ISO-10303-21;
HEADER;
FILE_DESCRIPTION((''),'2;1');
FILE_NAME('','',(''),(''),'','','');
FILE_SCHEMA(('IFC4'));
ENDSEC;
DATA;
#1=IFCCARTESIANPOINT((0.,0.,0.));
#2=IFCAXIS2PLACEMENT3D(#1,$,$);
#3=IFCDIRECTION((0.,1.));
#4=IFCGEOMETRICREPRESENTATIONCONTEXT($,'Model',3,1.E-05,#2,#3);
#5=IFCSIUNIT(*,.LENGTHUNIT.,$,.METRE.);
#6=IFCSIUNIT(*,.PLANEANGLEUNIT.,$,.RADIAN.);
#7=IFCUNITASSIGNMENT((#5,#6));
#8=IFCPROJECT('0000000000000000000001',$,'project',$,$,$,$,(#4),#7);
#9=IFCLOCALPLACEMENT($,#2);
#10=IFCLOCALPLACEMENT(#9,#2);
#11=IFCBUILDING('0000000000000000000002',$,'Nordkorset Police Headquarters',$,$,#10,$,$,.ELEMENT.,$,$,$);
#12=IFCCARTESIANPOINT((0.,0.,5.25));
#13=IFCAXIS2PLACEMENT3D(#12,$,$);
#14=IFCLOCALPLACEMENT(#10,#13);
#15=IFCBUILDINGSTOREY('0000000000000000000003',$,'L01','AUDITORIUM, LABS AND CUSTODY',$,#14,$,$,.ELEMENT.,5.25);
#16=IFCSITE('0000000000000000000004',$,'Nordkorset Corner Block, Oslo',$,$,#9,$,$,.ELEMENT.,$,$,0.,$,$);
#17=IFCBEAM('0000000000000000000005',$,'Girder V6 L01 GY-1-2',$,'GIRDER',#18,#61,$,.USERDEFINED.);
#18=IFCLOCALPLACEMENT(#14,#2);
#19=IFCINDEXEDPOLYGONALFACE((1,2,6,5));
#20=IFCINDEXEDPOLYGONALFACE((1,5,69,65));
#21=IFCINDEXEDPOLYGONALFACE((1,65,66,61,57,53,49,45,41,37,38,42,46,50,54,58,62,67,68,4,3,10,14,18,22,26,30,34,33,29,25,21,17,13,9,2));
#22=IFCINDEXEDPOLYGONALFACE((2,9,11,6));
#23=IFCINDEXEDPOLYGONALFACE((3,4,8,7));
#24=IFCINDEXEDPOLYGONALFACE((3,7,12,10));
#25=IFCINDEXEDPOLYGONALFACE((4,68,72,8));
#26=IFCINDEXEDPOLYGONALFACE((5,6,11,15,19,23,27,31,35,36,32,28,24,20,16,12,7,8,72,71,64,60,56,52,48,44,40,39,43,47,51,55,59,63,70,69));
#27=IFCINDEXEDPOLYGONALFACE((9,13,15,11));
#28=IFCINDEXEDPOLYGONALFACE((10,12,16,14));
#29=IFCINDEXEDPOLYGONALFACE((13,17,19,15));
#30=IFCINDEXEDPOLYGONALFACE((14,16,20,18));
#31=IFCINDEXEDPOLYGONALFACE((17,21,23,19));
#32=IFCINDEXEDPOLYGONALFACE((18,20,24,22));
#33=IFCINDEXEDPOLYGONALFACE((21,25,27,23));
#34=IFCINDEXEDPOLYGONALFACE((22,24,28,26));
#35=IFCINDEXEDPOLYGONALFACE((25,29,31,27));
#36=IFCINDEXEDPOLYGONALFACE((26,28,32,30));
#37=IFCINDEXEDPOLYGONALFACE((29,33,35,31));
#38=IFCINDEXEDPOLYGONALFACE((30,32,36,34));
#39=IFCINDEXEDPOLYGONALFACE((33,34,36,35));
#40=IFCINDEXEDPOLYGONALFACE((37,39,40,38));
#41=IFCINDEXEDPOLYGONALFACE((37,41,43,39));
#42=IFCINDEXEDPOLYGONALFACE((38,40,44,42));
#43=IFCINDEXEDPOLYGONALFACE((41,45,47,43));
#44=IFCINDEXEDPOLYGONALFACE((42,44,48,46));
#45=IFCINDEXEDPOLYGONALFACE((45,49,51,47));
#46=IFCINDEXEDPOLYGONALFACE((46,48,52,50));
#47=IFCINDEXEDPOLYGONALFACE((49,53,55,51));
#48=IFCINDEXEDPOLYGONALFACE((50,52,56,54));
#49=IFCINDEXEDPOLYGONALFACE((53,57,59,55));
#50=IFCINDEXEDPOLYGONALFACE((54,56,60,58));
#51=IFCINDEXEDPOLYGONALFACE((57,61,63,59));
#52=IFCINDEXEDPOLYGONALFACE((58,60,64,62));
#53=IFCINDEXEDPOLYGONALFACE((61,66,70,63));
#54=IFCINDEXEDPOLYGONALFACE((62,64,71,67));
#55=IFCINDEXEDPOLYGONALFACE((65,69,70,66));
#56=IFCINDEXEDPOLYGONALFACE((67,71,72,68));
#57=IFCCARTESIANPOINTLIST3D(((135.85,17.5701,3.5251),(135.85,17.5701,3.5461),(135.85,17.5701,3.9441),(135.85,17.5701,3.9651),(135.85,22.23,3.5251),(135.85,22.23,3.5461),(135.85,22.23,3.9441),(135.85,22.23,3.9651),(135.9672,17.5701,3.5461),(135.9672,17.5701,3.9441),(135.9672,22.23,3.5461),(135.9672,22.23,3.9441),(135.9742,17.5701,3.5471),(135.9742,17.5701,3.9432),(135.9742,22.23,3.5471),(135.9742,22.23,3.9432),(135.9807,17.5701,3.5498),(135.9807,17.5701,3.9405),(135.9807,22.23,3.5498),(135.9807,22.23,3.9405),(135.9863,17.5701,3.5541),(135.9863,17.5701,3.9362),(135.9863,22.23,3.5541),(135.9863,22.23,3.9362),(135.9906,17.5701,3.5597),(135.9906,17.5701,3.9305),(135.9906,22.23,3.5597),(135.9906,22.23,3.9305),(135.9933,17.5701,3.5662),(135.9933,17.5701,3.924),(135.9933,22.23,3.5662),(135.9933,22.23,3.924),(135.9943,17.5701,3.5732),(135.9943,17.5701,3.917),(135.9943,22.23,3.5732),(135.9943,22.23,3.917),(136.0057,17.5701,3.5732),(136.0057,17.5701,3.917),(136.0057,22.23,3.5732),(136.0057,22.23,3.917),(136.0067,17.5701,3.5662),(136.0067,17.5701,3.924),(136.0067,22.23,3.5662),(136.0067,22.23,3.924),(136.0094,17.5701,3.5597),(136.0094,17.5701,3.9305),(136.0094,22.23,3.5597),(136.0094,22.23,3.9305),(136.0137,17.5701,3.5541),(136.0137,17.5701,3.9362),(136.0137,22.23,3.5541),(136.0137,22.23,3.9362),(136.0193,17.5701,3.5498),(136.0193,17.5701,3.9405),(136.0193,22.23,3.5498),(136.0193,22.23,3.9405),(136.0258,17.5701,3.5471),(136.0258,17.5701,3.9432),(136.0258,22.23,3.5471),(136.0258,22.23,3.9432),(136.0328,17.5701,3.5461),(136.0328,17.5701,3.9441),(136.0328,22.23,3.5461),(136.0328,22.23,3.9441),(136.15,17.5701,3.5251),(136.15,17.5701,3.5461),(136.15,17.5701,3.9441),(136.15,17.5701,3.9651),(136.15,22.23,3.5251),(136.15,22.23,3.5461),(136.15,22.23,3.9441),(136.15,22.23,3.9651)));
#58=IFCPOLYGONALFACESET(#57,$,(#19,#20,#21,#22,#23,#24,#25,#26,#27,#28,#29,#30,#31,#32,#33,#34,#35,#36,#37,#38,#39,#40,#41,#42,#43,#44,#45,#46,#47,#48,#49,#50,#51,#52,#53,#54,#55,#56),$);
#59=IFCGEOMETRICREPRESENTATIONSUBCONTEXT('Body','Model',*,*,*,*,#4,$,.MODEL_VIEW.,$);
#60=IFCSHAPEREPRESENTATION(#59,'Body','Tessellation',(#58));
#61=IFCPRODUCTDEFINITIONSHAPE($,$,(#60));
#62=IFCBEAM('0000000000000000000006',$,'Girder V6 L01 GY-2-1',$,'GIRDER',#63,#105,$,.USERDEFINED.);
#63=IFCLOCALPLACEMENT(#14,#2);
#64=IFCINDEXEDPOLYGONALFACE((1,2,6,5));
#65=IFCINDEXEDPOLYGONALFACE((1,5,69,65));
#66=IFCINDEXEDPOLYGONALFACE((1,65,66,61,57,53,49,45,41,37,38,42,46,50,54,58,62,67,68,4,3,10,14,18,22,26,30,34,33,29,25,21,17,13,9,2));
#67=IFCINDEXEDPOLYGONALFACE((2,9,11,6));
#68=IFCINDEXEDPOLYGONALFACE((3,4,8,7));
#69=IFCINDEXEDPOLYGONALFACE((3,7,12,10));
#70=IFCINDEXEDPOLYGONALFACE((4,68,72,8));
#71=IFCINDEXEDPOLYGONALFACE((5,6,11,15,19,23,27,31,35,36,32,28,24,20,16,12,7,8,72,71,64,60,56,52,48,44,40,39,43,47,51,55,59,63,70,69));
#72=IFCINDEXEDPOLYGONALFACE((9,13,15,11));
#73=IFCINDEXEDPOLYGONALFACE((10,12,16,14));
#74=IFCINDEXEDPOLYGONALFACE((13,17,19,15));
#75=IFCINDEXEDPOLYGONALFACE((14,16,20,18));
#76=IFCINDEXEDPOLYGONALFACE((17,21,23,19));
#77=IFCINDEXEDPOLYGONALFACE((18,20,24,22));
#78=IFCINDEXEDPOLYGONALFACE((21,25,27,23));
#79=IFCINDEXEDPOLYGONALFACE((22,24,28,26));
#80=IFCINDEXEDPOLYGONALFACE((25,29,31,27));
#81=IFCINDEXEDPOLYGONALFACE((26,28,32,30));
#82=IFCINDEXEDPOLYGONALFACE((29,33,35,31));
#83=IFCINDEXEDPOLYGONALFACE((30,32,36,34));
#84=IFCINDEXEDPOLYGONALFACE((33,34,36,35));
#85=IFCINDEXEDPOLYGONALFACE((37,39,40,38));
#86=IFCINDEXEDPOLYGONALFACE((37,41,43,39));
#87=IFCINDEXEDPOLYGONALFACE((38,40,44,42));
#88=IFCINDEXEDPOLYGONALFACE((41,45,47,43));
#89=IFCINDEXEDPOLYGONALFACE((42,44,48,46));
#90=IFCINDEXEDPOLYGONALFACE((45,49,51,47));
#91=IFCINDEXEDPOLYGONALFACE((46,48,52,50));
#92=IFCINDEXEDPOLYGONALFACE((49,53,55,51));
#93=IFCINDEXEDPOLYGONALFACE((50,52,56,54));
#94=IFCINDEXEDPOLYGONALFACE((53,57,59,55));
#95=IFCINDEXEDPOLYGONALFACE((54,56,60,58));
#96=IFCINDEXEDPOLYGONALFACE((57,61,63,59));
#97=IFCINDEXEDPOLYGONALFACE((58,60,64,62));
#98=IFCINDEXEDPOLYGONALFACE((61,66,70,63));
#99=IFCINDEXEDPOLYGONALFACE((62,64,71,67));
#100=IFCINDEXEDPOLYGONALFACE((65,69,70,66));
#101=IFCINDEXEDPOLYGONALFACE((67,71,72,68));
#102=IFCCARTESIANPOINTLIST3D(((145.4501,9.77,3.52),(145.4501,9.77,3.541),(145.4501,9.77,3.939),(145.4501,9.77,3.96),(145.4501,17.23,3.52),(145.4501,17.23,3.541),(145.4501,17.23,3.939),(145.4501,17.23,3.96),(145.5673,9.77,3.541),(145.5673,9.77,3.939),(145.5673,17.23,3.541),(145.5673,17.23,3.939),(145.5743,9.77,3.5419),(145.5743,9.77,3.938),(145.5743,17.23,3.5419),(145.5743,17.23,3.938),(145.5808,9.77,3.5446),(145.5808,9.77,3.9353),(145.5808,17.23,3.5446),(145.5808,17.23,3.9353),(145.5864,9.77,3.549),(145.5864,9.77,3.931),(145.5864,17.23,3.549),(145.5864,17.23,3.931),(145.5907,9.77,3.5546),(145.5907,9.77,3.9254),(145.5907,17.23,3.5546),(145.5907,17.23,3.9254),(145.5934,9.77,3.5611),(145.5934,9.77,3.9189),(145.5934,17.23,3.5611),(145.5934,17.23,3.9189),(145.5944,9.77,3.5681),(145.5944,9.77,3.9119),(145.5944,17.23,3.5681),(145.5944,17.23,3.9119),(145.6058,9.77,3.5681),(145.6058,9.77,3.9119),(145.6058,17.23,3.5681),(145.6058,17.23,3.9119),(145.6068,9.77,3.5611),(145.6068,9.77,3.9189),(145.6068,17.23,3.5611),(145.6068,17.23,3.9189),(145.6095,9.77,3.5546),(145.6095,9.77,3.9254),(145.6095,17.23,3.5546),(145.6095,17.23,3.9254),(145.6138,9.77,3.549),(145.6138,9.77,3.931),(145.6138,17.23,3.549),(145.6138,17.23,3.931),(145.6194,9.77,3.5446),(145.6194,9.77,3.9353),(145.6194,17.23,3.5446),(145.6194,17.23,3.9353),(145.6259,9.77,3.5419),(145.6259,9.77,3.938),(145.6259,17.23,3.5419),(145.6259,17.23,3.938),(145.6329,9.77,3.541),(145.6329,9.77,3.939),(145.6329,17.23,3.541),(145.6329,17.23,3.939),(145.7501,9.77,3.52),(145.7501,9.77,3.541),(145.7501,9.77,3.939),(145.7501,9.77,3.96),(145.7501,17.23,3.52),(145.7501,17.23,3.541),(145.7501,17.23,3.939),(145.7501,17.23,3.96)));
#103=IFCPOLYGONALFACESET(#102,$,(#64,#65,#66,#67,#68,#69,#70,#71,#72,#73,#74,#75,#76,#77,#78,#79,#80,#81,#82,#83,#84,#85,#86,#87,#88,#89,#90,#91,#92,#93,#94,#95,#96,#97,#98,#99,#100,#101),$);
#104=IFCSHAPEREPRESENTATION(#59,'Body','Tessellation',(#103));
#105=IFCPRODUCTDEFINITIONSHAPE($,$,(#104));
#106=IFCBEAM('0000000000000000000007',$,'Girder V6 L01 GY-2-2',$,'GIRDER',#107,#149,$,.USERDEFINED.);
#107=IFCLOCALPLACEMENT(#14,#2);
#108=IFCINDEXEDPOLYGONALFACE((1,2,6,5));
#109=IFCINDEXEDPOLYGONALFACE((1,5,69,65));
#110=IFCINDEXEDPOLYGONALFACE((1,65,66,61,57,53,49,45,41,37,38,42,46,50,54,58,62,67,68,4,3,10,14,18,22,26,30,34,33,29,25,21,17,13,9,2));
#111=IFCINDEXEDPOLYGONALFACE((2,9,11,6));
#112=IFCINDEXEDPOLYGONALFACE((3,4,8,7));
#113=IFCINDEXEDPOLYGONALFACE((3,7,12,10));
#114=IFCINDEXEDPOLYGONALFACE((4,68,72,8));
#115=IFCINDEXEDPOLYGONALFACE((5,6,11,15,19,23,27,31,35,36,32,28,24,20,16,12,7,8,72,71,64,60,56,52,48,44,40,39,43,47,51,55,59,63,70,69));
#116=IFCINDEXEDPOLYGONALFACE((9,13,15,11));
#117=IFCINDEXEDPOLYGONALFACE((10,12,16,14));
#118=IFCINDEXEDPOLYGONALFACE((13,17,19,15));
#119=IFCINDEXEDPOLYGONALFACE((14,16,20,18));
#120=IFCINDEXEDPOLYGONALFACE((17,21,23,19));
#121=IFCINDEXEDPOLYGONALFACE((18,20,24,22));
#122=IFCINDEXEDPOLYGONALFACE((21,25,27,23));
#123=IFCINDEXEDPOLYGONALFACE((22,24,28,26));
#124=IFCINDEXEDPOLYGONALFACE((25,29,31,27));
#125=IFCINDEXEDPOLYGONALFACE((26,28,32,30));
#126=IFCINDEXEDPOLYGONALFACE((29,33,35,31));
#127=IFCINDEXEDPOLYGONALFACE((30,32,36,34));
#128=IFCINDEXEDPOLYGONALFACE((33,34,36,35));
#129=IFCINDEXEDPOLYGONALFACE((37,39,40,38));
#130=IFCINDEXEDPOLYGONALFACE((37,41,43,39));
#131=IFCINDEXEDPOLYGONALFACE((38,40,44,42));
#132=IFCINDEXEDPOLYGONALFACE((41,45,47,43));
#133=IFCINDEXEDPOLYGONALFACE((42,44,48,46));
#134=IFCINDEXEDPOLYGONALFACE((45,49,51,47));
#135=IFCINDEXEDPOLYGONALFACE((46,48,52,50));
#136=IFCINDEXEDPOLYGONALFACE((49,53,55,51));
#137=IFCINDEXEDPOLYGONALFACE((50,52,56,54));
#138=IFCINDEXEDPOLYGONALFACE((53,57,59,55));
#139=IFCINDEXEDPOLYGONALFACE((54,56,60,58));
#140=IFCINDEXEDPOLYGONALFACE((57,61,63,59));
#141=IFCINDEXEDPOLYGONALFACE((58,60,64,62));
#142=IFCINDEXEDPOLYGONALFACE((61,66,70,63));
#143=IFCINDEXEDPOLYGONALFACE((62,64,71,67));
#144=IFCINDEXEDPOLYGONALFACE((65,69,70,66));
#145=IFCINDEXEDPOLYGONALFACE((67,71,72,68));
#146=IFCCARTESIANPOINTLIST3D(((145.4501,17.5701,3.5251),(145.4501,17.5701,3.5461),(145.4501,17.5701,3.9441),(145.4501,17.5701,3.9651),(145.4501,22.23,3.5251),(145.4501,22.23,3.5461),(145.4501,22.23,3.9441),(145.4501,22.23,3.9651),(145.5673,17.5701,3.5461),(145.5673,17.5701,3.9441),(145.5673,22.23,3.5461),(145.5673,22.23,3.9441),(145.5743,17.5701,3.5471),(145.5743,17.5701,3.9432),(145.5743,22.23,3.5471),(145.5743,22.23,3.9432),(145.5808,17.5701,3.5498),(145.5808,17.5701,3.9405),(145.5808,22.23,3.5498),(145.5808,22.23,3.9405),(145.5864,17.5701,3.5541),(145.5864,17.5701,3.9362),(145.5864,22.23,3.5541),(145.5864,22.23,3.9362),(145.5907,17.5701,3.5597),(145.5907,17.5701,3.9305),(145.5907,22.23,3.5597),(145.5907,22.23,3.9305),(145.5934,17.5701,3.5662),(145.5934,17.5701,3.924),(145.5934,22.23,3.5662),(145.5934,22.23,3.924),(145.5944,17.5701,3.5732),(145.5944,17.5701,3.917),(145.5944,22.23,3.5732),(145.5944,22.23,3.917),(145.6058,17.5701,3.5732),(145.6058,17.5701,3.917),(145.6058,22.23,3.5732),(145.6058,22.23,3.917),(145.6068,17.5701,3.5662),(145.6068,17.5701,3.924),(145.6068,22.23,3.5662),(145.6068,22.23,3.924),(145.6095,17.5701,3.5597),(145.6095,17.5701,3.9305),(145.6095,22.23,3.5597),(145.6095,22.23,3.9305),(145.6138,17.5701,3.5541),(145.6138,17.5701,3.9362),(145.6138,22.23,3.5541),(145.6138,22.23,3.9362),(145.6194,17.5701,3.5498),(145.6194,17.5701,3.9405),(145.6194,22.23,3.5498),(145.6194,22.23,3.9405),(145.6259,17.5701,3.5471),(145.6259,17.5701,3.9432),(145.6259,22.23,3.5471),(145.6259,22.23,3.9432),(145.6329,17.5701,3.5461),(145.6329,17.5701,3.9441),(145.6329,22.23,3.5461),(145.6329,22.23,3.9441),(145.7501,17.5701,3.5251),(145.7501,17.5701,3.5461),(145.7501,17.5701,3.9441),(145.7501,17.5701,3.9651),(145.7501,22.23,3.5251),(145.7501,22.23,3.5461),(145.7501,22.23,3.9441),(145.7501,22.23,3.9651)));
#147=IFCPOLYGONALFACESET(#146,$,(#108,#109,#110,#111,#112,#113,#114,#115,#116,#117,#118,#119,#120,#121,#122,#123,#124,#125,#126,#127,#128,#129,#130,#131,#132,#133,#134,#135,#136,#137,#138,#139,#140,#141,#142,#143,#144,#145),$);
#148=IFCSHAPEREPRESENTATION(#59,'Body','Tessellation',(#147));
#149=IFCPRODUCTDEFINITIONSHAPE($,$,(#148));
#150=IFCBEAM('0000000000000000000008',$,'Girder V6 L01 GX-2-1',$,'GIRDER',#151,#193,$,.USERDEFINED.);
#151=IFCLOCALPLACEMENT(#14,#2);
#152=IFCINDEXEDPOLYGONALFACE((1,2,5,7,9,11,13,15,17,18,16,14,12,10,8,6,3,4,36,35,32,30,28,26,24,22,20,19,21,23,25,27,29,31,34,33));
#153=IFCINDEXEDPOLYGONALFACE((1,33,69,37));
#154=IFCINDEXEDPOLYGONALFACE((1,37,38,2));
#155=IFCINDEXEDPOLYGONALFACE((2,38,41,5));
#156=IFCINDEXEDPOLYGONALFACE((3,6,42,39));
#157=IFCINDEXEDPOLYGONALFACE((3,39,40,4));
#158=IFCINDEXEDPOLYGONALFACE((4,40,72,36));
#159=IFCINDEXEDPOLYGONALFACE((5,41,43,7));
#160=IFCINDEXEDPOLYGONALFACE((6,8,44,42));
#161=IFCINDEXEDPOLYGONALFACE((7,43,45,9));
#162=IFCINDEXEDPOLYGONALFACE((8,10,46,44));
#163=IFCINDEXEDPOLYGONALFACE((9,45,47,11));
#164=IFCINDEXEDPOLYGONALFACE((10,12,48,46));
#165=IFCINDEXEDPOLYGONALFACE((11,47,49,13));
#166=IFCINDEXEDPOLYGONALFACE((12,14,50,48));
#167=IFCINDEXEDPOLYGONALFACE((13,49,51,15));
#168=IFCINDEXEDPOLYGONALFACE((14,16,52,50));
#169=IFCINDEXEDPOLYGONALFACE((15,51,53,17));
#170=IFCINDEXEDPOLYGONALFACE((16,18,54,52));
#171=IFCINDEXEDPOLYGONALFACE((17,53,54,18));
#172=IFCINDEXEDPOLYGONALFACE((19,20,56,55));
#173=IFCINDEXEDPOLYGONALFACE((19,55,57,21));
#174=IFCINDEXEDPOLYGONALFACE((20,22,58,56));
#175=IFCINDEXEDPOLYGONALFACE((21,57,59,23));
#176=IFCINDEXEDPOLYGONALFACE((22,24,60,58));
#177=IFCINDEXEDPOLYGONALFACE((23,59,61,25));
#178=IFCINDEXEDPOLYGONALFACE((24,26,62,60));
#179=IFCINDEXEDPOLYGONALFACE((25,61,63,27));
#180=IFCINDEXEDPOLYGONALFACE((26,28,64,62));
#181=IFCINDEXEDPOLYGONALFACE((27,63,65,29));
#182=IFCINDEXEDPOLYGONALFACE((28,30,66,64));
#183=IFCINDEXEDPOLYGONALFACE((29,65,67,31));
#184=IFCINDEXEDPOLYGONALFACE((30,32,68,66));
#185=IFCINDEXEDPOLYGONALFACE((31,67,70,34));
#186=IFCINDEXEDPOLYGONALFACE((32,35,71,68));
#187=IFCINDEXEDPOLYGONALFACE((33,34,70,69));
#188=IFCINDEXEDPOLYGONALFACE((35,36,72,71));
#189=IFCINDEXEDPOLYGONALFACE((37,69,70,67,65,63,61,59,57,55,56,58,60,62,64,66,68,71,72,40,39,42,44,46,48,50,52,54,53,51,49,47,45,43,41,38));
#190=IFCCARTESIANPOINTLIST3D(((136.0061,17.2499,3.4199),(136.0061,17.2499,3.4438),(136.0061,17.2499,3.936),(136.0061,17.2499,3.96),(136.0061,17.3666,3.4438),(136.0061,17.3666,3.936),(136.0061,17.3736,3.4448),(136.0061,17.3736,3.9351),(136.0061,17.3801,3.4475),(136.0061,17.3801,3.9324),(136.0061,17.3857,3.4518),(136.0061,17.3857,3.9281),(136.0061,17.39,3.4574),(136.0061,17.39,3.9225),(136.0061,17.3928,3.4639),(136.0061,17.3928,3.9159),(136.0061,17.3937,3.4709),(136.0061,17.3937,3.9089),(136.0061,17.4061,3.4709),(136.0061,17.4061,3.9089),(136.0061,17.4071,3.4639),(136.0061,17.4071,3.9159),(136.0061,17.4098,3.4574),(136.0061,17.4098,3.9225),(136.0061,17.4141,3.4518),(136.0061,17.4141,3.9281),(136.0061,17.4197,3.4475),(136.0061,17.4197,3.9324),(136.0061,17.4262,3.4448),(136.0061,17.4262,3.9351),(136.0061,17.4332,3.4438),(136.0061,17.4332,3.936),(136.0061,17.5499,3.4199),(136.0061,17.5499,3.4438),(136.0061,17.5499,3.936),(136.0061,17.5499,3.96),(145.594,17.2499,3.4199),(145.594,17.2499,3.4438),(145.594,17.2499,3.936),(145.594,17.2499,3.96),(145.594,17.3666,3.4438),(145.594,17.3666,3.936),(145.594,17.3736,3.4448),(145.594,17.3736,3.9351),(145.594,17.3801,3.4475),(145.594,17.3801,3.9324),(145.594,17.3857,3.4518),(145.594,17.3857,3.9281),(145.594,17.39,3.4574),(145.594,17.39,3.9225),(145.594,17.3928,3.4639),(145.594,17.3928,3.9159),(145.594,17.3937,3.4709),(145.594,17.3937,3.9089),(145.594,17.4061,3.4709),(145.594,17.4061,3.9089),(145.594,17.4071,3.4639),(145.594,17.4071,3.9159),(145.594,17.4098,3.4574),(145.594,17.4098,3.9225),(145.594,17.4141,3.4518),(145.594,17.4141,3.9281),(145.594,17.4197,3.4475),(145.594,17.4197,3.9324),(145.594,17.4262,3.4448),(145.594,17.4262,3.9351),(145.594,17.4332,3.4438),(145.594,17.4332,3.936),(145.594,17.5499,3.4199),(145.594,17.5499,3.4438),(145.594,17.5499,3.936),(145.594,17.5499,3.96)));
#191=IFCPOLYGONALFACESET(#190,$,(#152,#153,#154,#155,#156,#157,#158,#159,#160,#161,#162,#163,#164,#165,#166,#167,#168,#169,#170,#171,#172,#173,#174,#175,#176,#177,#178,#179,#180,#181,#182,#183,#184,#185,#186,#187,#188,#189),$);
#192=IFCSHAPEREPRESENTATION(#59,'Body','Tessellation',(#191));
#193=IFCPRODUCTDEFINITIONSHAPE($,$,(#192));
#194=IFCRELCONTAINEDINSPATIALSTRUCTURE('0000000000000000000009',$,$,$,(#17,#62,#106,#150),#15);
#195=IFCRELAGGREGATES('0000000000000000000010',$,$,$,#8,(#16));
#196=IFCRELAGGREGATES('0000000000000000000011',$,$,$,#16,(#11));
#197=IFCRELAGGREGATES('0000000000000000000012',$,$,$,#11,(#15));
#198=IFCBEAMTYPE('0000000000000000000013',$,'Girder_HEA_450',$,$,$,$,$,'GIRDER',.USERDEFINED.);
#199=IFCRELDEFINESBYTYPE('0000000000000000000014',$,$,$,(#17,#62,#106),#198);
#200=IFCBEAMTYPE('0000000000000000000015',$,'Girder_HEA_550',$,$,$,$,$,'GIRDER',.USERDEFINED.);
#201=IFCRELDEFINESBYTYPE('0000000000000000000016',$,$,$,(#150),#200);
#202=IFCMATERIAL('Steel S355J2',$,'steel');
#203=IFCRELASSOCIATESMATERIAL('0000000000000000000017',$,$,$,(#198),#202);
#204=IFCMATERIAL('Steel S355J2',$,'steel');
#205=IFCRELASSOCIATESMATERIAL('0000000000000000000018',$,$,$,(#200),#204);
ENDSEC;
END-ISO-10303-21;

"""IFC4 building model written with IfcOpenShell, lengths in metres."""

from ifc_helpers import new_model, si_unit, direction, frame, origin, origin_2d, place, context, subcontext, project, spatial, i_section, extrude, material, material_profile, profile_set, type_object, element, save


model = new_model("IFC4")

# Units and contexts
model_context = context("Model", 3, precision=1e-05, world=origin(), true_north=direction((0.0, 1.0)))
body_context = subcontext(model_context, "Body", "Model", "MODEL_VIEW")
ifc_project = project(units=[si_unit("LENGTHUNIT", "METRE"), si_unit("PLANEANGLEUNIT", "RADIAN")], contexts=[model_context])

# Site, building, storey
site_placement = place(None, origin())
site = spatial("IfcSite", under=ifc_project, at=site_placement, Name="Nordkorset Corner Block, Oslo", CompositionType="ELEMENT", RefElevation=0.0)
building_placement = place(site_placement, origin())
building = spatial("IfcBuilding", under=site, at=building_placement, Name="Nordkorset Police Headquarters", CompositionType="ELEMENT")
storey_placement = place(building_placement, frame((0.0, 0.0, 5.25)))
storey = spatial("IfcBuildingStorey", under=building, at=storey_placement, Name="L01", Description="AUDITORIUM, LABS AND CUSTODY", CompositionType="ELEMENT", Elevation=5.25)

# Beams
ifc_material_1 = material(Name="Steel S355J2", Category="steel")
ifc_material_profile_1 = material_profile(ifc_material_1, i_section(OverallWidth=0.3, OverallDepth=0.4399, WebThickness=0.0115, FlangeThickness=0.021, FilletRadius=0.0271, at=origin_2d()), Name="HEA 450")
ifc_profile_set_1 = profile_set([ifc_material_profile_1], Name="Steel S355J2")
beam_type_1 = type_object("IfcBeamType", Name="Girder_HEA_450", ElementType="GIRDER", PredefinedType="USERDEFINED", material=ifc_profile_set_1)
beam_1_placement = place(storey_placement, frame((136.0, 17.5701, 3.7451), z_axis=(0.0, 1.0, 0.0), x_axis=(-1.0, 0.0, 0.0)))
element("IfcBeam", 1, at=beam_1_placement, inside=storey, type_object=beam_type_1, Name="Girder V6 L01 GY-1-2", ObjectType="GIRDER", PredefinedType="USERDEFINED", context=body_context, shape_type="SweptSolid", body=[
    extrude(i_section(OverallWidth=0.3, OverallDepth=0.4399, WebThickness=0.0115, FlangeThickness=0.021, FilletRadius=0.0271, at=origin_2d()), origin(), (0.0, 0.0, 1.0), 4.6599),
])
beam_2_placement = place(storey_placement, frame((145.6001, 9.77, 3.74), z_axis=(0.0, 1.0, 0.0), x_axis=(-1.0, 0.0, 0.0)))
element("IfcBeam", 2, at=beam_2_placement, inside=storey, type_object=beam_type_1, Name="Girder V6 L01 GY-2-1", ObjectType="GIRDER", PredefinedType="USERDEFINED", context=body_context, shape_type="SweptSolid", body=[
    extrude(i_section(OverallWidth=0.3, OverallDepth=0.4399, WebThickness=0.0115, FlangeThickness=0.021, FilletRadius=0.0271, at=origin_2d()), origin(), (0.0, 0.0, 1.0), 7.46),
])
beam_3_placement = place(storey_placement, frame((145.6001, 17.5701, 3.7451), z_axis=(0.0, 1.0, 0.0), x_axis=(-1.0, 0.0, 0.0)))
element("IfcBeam", 3, at=beam_3_placement, inside=storey, type_object=beam_type_1, Name="Girder V6 L01 GY-2-2", ObjectType="GIRDER", PredefinedType="USERDEFINED", context=body_context, shape_type="SweptSolid", body=[
    extrude(i_section(OverallWidth=0.3, OverallDepth=0.4399, WebThickness=0.0115, FlangeThickness=0.021, FilletRadius=0.0271, at=origin_2d()), origin(), (0.0, 0.0, 1.0), 4.6599),
])
ifc_material_2 = material(Name="Steel S355J2", Category="steel")
ifc_material_profile_2 = material_profile(ifc_material_2, i_section(OverallWidth=0.3, OverallDepth=0.54, WebThickness=0.0125, FlangeThickness=0.0239, FilletRadius=0.0271, at=origin_2d()), Name="HEA 550")
ifc_profile_set_2 = profile_set([ifc_material_profile_2], Name="Steel S355J2")
beam_type_2 = type_object("IfcBeamType", Name="Girder_HEA_550", ElementType="GIRDER", PredefinedType="USERDEFINED", material=ifc_profile_set_2)
beam_4_placement = place(storey_placement, frame((136.0061, 17.3999, 3.6899), z_axis=(1.0, 0.0, 0.0), x_axis=(0.0, 1.0, 0.0)))
element("IfcBeam", 4, at=beam_4_placement, inside=storey, type_object=beam_type_2, Name="Girder V6 L01 GX-2-1", ObjectType="GIRDER", PredefinedType="USERDEFINED", context=body_context, shape_type="SweptSolid", body=[
    extrude(i_section(OverallWidth=0.3, OverallDepth=0.54, WebThickness=0.0125, FlangeThickness=0.0239, FilletRadius=0.0271, at=origin_2d()), origin(), (0.0, 0.0, 1.0), 9.5879),
])

save(model, "model.ifc")
